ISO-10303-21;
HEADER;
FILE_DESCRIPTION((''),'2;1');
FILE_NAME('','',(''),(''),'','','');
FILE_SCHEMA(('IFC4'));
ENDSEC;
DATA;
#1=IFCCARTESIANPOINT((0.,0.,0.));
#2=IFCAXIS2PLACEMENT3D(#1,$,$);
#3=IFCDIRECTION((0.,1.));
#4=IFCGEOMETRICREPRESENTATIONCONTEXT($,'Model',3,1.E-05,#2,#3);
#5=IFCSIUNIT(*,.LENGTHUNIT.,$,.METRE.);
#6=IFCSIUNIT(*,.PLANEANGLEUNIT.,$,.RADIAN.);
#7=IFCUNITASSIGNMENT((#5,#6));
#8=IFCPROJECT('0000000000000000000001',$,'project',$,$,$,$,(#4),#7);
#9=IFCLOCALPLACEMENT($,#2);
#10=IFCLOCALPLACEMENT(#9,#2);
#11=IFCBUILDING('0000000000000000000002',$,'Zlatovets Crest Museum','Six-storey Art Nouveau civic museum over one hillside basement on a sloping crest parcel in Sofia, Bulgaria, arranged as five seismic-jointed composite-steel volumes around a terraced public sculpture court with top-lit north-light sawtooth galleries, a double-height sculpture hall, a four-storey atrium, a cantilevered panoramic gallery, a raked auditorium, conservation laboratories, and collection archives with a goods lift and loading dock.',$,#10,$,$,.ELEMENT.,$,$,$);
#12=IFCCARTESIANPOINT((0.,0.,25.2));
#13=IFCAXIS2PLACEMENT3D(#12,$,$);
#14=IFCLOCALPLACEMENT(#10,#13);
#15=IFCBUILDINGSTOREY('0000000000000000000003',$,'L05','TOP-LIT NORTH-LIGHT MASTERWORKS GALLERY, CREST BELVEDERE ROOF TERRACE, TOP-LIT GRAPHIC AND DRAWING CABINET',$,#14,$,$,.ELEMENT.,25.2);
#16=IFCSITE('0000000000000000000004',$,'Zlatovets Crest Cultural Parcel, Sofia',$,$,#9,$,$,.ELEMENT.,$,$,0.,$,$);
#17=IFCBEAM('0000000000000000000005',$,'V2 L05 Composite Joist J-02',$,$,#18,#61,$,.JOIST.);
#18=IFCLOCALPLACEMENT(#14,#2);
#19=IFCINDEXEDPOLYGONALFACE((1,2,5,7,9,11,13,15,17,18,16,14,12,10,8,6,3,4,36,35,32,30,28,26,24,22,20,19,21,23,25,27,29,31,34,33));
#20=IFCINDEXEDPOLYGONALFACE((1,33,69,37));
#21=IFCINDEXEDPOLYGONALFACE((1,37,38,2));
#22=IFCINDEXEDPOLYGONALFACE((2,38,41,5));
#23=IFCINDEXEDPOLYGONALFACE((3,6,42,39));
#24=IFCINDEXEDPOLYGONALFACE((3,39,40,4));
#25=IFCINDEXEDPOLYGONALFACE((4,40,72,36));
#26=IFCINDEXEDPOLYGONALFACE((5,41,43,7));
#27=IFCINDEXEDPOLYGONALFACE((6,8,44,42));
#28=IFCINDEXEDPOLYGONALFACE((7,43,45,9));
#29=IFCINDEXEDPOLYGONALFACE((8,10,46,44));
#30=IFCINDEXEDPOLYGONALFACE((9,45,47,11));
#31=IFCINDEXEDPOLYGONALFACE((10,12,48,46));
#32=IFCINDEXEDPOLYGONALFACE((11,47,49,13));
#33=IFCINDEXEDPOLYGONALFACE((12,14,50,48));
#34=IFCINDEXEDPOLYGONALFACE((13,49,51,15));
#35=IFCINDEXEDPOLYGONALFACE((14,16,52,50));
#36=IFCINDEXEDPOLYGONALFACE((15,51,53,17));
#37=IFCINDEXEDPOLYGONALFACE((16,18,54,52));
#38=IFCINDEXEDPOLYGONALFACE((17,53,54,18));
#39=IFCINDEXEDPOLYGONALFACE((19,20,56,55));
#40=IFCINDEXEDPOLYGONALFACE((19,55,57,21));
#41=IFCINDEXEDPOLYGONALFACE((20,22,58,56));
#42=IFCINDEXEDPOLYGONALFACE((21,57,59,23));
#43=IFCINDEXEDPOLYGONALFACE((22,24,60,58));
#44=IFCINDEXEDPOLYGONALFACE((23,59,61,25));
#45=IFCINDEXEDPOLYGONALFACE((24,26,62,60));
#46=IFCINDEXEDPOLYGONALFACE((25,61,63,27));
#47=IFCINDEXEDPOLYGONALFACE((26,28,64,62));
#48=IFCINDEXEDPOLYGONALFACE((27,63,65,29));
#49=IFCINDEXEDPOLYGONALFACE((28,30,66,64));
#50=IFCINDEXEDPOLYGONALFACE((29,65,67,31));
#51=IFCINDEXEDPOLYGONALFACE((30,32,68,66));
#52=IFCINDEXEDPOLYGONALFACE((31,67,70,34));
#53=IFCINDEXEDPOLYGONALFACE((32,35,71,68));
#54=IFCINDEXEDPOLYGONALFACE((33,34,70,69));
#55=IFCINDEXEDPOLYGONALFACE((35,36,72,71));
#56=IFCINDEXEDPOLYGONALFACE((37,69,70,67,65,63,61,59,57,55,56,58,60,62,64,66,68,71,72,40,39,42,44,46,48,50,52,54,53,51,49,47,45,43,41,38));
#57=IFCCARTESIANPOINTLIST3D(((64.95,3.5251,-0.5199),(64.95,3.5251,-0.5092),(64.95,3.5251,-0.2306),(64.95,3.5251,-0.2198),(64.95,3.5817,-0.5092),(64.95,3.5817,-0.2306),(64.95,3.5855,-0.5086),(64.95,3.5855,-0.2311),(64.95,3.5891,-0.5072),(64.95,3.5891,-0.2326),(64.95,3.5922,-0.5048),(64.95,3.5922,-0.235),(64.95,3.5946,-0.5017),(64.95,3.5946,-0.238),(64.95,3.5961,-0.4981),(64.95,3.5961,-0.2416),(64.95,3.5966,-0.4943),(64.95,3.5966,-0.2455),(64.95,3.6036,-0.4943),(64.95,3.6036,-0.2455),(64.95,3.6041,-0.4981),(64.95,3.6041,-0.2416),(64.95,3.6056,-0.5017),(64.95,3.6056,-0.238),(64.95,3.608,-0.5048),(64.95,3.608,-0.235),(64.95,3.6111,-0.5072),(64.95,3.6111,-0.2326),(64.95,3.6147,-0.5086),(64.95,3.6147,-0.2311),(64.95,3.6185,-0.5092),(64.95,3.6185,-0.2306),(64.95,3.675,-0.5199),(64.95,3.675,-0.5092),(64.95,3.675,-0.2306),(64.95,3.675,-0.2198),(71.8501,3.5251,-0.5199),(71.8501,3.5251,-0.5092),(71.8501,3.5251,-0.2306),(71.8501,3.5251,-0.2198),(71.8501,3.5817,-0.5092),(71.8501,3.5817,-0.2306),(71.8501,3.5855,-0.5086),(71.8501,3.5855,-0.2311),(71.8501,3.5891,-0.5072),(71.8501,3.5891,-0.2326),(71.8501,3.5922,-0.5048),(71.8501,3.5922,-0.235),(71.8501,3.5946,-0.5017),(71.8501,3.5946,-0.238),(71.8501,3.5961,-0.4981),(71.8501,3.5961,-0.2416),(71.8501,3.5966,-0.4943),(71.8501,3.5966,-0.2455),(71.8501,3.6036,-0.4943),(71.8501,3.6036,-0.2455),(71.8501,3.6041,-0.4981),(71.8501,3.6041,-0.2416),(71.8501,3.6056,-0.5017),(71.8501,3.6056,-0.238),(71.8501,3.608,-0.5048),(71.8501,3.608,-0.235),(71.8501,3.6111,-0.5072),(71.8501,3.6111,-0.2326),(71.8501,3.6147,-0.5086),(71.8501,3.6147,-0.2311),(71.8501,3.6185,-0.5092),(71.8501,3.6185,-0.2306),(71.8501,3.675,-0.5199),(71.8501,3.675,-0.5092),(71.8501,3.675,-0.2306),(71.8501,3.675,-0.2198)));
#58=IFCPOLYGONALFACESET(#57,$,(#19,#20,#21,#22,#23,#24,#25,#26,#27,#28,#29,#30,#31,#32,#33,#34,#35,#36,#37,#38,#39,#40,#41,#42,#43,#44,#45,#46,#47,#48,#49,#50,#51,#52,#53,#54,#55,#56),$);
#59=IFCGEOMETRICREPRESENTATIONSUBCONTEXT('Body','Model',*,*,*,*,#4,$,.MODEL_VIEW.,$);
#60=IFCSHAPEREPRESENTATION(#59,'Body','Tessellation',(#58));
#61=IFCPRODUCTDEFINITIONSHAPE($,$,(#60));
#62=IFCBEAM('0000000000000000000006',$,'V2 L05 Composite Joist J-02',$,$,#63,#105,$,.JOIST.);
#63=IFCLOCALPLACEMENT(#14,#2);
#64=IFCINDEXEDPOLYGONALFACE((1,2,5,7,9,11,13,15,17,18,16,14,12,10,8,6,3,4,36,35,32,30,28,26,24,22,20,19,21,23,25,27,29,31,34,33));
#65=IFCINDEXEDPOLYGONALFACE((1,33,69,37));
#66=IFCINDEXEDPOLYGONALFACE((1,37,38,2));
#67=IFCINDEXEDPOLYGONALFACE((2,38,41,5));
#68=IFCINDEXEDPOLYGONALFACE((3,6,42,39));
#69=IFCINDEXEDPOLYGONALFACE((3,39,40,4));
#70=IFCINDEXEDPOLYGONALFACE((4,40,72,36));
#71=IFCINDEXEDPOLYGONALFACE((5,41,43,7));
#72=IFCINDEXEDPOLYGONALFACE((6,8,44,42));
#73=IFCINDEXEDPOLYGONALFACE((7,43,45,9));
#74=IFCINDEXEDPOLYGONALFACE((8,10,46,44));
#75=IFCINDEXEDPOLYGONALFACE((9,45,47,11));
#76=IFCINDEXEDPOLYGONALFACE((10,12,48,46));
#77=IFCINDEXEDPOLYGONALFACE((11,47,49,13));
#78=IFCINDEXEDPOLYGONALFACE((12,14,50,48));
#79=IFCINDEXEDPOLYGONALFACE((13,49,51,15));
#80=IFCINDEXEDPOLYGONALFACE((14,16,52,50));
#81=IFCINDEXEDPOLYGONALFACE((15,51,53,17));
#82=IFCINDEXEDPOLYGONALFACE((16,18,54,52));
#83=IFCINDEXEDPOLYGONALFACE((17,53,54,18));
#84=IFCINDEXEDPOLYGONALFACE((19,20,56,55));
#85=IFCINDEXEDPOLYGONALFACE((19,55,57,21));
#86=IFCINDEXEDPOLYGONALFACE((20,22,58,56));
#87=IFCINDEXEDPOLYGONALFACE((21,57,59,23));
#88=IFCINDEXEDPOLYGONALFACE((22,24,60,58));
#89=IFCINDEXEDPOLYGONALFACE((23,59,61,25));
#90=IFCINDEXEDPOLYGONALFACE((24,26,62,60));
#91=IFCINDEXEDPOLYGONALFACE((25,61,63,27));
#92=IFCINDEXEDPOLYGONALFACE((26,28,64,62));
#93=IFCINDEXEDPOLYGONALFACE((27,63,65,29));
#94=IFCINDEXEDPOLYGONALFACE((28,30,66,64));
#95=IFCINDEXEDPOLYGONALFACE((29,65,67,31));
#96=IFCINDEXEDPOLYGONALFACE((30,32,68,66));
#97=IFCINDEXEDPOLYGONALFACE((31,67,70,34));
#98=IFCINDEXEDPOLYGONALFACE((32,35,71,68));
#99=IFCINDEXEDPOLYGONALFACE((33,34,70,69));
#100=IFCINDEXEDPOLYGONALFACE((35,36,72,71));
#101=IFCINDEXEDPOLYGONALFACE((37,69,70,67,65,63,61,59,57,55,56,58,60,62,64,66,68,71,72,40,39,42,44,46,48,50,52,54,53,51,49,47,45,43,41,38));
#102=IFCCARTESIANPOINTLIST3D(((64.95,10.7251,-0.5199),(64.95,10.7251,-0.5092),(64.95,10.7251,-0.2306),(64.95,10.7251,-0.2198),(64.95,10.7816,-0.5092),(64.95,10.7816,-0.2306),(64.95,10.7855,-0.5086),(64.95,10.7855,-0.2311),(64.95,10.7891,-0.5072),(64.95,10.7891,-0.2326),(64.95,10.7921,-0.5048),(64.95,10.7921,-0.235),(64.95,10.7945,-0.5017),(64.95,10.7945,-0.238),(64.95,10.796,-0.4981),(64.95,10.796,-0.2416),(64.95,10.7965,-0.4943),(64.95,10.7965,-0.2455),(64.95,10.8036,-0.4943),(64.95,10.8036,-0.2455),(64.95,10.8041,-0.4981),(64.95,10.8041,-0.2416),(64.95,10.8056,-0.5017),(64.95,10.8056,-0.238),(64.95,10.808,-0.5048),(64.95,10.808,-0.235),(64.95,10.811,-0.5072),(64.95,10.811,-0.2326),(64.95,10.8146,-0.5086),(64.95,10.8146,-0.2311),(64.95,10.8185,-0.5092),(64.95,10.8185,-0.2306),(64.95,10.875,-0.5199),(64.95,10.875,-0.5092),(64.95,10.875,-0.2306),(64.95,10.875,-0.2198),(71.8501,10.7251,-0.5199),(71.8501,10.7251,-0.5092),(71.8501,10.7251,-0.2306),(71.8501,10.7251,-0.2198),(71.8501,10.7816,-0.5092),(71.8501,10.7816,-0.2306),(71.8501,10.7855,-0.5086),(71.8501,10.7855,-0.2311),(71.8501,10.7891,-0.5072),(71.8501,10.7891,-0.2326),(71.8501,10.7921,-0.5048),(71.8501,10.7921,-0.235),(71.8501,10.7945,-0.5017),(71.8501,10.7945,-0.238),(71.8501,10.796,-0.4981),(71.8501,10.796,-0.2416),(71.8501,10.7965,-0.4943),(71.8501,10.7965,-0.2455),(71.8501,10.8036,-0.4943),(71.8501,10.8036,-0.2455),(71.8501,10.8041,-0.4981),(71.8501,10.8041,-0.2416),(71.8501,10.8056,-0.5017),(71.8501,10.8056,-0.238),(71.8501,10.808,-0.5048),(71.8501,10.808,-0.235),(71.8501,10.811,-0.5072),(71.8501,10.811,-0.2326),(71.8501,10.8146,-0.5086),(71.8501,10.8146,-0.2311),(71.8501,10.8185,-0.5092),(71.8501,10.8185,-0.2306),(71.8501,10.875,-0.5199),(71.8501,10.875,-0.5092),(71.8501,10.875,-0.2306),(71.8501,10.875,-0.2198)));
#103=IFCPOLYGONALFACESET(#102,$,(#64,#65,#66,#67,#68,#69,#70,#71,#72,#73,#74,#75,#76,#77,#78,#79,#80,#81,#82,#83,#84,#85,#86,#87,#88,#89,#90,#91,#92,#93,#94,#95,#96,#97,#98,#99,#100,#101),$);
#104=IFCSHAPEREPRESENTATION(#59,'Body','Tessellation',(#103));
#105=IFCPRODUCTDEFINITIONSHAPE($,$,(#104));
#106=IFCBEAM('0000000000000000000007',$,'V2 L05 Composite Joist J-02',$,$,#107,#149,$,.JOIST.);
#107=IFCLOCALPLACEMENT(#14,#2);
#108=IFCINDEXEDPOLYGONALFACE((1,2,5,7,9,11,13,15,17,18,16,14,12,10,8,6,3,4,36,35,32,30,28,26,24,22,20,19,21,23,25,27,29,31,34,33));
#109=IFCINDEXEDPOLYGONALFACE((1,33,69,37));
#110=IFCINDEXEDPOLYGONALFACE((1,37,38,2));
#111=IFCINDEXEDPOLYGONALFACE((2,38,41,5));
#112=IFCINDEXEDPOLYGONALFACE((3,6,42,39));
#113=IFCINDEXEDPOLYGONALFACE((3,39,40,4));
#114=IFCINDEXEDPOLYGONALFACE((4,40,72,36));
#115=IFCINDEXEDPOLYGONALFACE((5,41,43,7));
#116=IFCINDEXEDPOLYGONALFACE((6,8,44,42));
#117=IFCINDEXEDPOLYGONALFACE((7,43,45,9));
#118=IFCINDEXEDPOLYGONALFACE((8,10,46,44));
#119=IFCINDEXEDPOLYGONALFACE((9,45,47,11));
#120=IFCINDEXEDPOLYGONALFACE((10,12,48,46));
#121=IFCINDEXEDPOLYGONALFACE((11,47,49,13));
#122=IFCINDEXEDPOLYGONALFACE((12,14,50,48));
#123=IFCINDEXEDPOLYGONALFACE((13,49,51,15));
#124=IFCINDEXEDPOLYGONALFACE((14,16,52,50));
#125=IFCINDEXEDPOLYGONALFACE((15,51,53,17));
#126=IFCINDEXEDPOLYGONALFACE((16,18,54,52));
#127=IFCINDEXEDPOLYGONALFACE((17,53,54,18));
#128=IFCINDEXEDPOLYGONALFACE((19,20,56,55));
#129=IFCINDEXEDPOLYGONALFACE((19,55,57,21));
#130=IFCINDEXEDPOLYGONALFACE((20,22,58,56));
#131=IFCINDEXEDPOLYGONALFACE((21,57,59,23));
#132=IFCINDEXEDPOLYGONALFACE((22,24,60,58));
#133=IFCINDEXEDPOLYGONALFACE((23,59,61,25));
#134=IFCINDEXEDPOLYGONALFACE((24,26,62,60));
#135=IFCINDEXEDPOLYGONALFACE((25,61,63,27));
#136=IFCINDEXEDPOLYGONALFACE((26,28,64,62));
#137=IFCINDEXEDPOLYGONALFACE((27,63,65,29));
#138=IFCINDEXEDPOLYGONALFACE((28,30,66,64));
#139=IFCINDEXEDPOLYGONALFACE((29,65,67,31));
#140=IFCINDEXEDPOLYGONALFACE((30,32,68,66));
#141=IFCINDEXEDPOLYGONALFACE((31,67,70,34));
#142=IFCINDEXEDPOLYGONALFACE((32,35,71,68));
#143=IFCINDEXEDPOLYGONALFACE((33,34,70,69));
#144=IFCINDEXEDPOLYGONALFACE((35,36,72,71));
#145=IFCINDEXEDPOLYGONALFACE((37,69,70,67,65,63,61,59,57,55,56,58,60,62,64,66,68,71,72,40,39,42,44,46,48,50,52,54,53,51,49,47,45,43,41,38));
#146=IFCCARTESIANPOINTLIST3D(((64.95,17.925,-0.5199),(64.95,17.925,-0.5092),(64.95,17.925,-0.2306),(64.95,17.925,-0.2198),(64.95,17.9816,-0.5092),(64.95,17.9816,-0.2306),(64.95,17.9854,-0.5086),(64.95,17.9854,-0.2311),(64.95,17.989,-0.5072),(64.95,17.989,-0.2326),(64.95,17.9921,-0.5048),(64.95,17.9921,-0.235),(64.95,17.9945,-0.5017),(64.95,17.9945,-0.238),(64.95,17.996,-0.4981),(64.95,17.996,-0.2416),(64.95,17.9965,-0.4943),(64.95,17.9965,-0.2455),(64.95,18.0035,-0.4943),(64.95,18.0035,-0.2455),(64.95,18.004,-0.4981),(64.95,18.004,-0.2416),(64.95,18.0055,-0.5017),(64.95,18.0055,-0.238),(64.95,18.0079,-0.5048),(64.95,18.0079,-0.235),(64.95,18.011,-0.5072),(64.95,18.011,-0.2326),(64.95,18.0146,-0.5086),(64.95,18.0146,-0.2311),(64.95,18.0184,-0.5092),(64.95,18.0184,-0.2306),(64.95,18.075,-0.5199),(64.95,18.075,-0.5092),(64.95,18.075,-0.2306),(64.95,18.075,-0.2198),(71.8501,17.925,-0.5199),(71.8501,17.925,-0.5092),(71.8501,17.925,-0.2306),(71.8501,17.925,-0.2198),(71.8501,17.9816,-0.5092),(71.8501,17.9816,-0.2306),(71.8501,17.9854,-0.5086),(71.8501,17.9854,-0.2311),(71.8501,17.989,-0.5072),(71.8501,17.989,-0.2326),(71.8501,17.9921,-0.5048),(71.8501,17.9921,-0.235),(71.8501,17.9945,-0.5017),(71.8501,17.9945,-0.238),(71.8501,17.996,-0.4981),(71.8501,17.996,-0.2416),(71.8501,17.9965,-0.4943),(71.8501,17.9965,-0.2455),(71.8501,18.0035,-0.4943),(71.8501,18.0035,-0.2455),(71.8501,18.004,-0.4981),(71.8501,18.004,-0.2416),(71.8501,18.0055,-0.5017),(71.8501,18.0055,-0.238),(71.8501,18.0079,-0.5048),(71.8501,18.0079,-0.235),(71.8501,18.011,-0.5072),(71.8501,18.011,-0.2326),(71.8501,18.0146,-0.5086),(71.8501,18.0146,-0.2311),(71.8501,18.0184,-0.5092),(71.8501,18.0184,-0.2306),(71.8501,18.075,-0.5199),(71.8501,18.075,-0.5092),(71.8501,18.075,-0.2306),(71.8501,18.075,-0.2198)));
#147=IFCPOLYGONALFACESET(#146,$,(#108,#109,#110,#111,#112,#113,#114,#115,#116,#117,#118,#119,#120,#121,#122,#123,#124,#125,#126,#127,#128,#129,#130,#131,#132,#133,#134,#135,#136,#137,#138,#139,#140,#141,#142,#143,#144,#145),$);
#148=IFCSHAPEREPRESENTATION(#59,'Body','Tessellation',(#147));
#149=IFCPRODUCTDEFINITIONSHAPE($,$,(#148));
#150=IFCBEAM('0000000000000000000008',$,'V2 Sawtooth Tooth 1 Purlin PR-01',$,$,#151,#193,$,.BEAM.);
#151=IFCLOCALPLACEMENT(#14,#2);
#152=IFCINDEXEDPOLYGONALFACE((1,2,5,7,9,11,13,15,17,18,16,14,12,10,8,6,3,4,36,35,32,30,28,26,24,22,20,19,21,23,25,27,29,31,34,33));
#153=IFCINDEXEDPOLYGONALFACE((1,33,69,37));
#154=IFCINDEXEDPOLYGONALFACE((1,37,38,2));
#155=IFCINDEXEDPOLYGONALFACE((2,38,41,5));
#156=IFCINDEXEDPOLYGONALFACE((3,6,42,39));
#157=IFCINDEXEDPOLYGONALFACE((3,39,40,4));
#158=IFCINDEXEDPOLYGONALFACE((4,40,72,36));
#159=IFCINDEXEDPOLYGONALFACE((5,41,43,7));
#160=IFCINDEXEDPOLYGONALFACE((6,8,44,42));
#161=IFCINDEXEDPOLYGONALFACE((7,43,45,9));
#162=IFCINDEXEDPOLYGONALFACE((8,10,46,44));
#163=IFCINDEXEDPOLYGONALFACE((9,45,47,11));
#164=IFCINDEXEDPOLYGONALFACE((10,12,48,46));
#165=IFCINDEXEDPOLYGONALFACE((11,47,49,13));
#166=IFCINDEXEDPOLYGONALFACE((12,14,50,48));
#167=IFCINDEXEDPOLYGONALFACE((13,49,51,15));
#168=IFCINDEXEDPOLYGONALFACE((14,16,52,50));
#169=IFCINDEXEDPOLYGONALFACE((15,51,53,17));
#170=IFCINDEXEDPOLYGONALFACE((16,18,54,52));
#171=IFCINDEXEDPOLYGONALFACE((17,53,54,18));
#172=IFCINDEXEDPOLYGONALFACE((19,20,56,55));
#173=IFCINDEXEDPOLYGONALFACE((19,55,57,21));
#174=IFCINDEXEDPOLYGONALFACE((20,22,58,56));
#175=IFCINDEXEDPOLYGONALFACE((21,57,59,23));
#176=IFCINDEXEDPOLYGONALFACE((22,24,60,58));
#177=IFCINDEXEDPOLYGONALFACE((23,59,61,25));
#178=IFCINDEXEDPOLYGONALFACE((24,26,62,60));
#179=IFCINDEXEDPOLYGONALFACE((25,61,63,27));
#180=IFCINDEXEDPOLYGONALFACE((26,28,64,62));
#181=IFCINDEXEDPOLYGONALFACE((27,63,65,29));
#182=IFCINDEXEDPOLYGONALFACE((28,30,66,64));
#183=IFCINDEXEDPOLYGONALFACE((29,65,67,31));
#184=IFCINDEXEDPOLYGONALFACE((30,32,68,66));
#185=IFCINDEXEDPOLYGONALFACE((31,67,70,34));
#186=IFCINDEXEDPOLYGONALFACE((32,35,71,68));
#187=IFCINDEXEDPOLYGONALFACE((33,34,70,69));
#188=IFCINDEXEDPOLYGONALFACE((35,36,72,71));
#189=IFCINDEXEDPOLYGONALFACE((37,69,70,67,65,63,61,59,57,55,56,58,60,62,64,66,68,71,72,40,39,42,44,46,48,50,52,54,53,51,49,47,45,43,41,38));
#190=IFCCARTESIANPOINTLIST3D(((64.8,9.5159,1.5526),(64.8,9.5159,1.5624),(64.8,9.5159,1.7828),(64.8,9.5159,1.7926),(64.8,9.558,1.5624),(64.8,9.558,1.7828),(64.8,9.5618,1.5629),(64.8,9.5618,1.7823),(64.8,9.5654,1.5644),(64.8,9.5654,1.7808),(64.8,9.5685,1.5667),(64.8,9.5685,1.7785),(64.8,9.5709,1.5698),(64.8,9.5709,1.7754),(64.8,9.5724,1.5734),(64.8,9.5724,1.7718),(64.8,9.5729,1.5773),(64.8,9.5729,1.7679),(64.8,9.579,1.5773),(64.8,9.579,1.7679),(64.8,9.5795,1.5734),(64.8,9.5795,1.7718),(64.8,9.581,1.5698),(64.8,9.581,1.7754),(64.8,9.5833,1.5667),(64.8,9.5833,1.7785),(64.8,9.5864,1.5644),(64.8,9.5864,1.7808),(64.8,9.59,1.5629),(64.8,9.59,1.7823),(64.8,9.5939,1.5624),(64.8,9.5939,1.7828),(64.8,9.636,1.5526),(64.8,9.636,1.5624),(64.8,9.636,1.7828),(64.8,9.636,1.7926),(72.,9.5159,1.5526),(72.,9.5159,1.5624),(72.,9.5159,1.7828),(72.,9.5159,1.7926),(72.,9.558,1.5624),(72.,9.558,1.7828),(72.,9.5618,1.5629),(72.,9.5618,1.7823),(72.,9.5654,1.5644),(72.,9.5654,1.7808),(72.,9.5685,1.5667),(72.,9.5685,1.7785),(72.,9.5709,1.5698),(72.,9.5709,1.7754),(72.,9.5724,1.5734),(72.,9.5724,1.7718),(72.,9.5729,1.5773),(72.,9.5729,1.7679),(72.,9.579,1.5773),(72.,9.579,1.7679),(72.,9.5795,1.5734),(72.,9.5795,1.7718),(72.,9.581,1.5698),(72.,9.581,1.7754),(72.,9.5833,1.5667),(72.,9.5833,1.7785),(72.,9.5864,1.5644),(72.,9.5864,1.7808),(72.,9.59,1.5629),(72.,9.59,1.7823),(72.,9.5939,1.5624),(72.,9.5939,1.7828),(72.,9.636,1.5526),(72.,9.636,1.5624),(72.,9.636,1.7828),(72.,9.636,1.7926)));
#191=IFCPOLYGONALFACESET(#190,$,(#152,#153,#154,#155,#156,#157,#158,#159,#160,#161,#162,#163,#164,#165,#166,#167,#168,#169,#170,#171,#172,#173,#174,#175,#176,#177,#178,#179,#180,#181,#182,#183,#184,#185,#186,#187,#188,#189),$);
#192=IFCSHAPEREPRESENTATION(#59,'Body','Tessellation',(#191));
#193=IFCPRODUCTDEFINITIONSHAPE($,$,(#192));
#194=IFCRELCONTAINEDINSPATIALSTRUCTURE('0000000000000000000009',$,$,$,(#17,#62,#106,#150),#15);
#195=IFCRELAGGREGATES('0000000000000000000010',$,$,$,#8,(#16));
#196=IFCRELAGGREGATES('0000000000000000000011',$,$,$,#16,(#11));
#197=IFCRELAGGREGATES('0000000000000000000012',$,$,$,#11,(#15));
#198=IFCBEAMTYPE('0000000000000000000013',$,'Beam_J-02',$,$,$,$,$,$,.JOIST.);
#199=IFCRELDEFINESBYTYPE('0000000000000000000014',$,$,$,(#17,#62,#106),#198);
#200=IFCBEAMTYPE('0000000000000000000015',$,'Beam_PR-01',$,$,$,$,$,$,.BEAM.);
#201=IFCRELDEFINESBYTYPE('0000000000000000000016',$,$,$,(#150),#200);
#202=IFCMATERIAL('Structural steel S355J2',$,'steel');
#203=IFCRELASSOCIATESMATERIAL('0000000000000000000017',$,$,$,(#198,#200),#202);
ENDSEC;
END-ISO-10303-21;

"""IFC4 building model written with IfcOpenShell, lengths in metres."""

from ifc_helpers import new_model, si_unit, direction, frame, origin, origin_2d, place, context, subcontext, project, spatial, i_section, extrude, material, material_profile, profile_set, type_object, element, save


model = new_model("IFC4")

# Units and contexts
model_context = context("Model", 3, precision=1e-05, world=origin(), true_north=direction((0.0, 1.0)))
body_context = subcontext(model_context, "Body", "Model", "MODEL_VIEW")
ifc_project = project(units=[si_unit("LENGTHUNIT", "METRE"), si_unit("PLANEANGLEUNIT", "RADIAN")], contexts=[model_context])

# Site, building, storey
site_placement = place(None, origin())
site = spatial("IfcSite", under=ifc_project, at=site_placement, Name="Zlatovets Crest Cultural Parcel, Sofia", CompositionType="ELEMENT", RefElevation=0.0)
building_placement = place(site_placement, origin())
building = spatial("IfcBuilding", under=site, at=building_placement, Name="Zlatovets Crest Museum", Description="Six-storey Art Nouveau civic museum over one hillside basement on a sloping crest parcel in Sofia, Bulgaria, arranged as five seismic-jointed composite-steel volumes around a terraced public sculpture court with top-lit north-light sawtooth galleries, a double-height sculpture hall, a four-storey atrium, a cantilevered panoramic gallery, a raked auditorium, conservation laboratories, and collection archives with a goods lift and loading dock.", CompositionType="ELEMENT")
storey_placement = place(building_placement, frame((0.0, 0.0, 25.2)))
storey = spatial("IfcBuildingStorey", under=building, at=storey_placement, Name="L05", Description="TOP-LIT NORTH-LIGHT MASTERWORKS GALLERY, CREST BELVEDERE ROOF TERRACE, TOP-LIT GRAPHIC AND DRAWING CABINET", CompositionType="ELEMENT", Elevation=25.2)

# Beams
ifc_material_1 = material(Name="Structural steel S355J2", Category="steel")
ifc_material_profile_1 = material_profile(ifc_material_1, i_section(OverallWidth=0.1499, OverallDepth=0.3, WebThickness=0.0071, FlangeThickness=0.0107, FilletRadius=0.0149, at=origin_2d()), Name="IPE 300")
ifc_profile_set_1 = profile_set([ifc_material_profile_1], Name="Structural steel S355J2")
beam_type_1 = type_object("IfcBeamType", Name="Beam_J-02", PredefinedType="JOIST", material=ifc_profile_set_1)
for number, where, z_axis, x_axis, name in (
    (1, (64.95, 3.6001, -0.3699), (1.0, 0.0, 0.0), (0.0, 1.0, 0.0), "V2 L05 Composite Joist J-02"),
    (2, (64.95, 10.8, -0.3699), (1.0, 0.0, 0.0), (0.0, 1.0, 0.0), "V2 L05 Composite Joist J-02"),
    (3, (64.95, 18.0, -0.3699), (1.0, 0.0, 0.0), (0.0, 1.0, 0.0), "V2 L05 Composite Joist J-02"),
):
    element("IfcBeam", number, at=place(storey_placement, frame(where, z_axis=z_axis, x_axis=x_axis)), inside=storey, type_object=beam_type_1, Name=name, PredefinedType="JOIST", context=body_context, shape_type="SweptSolid", body=[
        extrude(i_section(OverallWidth=0.1499, OverallDepth=0.3, WebThickness=0.0071, FlangeThickness=0.0107, FilletRadius=0.0149, at=origin_2d()), origin(), (0.0, 0.0, 1.0), 6.9001),
    ])
ifc_material_profile_2 = material_profile(ifc_material_1, i_section(OverallWidth=0.1201, OverallDepth=0.24, WebThickness=0.0061, FlangeThickness=0.0098, FilletRadius=0.0149, at=origin_2d()), Name="IPE 240")
ifc_profile_set_2 = profile_set([ifc_material_profile_2], Name="Structural steel S355J2")
beam_type_2 = type_object("IfcBeamType", Name="Beam_PR-01", PredefinedType="BEAM", material=ifc_profile_set_2)
for number, where, z_axis, x_axis, name in (
    (4, (64.8, 9.5759, 1.6726), (1.0, 0.0, 0.0), (0.0, 1.0, 0.0), "V2 Sawtooth Tooth 1 Purlin PR-01"),
):
    element("IfcBeam", number, at=place(storey_placement, frame(where, z_axis=z_axis, x_axis=x_axis)), inside=storey, type_object=beam_type_2, Name=name, PredefinedType="BEAM", context=body_context, shape_type="SweptSolid", body=[
        extrude(i_section(OverallWidth=0.1201, OverallDepth=0.24, WebThickness=0.0061, FlangeThickness=0.0098, FilletRadius=0.0149, at=origin_2d()), origin(), (0.0, 0.0, 1.0), 7.2),
    ])

save(model, "model.ifc")
